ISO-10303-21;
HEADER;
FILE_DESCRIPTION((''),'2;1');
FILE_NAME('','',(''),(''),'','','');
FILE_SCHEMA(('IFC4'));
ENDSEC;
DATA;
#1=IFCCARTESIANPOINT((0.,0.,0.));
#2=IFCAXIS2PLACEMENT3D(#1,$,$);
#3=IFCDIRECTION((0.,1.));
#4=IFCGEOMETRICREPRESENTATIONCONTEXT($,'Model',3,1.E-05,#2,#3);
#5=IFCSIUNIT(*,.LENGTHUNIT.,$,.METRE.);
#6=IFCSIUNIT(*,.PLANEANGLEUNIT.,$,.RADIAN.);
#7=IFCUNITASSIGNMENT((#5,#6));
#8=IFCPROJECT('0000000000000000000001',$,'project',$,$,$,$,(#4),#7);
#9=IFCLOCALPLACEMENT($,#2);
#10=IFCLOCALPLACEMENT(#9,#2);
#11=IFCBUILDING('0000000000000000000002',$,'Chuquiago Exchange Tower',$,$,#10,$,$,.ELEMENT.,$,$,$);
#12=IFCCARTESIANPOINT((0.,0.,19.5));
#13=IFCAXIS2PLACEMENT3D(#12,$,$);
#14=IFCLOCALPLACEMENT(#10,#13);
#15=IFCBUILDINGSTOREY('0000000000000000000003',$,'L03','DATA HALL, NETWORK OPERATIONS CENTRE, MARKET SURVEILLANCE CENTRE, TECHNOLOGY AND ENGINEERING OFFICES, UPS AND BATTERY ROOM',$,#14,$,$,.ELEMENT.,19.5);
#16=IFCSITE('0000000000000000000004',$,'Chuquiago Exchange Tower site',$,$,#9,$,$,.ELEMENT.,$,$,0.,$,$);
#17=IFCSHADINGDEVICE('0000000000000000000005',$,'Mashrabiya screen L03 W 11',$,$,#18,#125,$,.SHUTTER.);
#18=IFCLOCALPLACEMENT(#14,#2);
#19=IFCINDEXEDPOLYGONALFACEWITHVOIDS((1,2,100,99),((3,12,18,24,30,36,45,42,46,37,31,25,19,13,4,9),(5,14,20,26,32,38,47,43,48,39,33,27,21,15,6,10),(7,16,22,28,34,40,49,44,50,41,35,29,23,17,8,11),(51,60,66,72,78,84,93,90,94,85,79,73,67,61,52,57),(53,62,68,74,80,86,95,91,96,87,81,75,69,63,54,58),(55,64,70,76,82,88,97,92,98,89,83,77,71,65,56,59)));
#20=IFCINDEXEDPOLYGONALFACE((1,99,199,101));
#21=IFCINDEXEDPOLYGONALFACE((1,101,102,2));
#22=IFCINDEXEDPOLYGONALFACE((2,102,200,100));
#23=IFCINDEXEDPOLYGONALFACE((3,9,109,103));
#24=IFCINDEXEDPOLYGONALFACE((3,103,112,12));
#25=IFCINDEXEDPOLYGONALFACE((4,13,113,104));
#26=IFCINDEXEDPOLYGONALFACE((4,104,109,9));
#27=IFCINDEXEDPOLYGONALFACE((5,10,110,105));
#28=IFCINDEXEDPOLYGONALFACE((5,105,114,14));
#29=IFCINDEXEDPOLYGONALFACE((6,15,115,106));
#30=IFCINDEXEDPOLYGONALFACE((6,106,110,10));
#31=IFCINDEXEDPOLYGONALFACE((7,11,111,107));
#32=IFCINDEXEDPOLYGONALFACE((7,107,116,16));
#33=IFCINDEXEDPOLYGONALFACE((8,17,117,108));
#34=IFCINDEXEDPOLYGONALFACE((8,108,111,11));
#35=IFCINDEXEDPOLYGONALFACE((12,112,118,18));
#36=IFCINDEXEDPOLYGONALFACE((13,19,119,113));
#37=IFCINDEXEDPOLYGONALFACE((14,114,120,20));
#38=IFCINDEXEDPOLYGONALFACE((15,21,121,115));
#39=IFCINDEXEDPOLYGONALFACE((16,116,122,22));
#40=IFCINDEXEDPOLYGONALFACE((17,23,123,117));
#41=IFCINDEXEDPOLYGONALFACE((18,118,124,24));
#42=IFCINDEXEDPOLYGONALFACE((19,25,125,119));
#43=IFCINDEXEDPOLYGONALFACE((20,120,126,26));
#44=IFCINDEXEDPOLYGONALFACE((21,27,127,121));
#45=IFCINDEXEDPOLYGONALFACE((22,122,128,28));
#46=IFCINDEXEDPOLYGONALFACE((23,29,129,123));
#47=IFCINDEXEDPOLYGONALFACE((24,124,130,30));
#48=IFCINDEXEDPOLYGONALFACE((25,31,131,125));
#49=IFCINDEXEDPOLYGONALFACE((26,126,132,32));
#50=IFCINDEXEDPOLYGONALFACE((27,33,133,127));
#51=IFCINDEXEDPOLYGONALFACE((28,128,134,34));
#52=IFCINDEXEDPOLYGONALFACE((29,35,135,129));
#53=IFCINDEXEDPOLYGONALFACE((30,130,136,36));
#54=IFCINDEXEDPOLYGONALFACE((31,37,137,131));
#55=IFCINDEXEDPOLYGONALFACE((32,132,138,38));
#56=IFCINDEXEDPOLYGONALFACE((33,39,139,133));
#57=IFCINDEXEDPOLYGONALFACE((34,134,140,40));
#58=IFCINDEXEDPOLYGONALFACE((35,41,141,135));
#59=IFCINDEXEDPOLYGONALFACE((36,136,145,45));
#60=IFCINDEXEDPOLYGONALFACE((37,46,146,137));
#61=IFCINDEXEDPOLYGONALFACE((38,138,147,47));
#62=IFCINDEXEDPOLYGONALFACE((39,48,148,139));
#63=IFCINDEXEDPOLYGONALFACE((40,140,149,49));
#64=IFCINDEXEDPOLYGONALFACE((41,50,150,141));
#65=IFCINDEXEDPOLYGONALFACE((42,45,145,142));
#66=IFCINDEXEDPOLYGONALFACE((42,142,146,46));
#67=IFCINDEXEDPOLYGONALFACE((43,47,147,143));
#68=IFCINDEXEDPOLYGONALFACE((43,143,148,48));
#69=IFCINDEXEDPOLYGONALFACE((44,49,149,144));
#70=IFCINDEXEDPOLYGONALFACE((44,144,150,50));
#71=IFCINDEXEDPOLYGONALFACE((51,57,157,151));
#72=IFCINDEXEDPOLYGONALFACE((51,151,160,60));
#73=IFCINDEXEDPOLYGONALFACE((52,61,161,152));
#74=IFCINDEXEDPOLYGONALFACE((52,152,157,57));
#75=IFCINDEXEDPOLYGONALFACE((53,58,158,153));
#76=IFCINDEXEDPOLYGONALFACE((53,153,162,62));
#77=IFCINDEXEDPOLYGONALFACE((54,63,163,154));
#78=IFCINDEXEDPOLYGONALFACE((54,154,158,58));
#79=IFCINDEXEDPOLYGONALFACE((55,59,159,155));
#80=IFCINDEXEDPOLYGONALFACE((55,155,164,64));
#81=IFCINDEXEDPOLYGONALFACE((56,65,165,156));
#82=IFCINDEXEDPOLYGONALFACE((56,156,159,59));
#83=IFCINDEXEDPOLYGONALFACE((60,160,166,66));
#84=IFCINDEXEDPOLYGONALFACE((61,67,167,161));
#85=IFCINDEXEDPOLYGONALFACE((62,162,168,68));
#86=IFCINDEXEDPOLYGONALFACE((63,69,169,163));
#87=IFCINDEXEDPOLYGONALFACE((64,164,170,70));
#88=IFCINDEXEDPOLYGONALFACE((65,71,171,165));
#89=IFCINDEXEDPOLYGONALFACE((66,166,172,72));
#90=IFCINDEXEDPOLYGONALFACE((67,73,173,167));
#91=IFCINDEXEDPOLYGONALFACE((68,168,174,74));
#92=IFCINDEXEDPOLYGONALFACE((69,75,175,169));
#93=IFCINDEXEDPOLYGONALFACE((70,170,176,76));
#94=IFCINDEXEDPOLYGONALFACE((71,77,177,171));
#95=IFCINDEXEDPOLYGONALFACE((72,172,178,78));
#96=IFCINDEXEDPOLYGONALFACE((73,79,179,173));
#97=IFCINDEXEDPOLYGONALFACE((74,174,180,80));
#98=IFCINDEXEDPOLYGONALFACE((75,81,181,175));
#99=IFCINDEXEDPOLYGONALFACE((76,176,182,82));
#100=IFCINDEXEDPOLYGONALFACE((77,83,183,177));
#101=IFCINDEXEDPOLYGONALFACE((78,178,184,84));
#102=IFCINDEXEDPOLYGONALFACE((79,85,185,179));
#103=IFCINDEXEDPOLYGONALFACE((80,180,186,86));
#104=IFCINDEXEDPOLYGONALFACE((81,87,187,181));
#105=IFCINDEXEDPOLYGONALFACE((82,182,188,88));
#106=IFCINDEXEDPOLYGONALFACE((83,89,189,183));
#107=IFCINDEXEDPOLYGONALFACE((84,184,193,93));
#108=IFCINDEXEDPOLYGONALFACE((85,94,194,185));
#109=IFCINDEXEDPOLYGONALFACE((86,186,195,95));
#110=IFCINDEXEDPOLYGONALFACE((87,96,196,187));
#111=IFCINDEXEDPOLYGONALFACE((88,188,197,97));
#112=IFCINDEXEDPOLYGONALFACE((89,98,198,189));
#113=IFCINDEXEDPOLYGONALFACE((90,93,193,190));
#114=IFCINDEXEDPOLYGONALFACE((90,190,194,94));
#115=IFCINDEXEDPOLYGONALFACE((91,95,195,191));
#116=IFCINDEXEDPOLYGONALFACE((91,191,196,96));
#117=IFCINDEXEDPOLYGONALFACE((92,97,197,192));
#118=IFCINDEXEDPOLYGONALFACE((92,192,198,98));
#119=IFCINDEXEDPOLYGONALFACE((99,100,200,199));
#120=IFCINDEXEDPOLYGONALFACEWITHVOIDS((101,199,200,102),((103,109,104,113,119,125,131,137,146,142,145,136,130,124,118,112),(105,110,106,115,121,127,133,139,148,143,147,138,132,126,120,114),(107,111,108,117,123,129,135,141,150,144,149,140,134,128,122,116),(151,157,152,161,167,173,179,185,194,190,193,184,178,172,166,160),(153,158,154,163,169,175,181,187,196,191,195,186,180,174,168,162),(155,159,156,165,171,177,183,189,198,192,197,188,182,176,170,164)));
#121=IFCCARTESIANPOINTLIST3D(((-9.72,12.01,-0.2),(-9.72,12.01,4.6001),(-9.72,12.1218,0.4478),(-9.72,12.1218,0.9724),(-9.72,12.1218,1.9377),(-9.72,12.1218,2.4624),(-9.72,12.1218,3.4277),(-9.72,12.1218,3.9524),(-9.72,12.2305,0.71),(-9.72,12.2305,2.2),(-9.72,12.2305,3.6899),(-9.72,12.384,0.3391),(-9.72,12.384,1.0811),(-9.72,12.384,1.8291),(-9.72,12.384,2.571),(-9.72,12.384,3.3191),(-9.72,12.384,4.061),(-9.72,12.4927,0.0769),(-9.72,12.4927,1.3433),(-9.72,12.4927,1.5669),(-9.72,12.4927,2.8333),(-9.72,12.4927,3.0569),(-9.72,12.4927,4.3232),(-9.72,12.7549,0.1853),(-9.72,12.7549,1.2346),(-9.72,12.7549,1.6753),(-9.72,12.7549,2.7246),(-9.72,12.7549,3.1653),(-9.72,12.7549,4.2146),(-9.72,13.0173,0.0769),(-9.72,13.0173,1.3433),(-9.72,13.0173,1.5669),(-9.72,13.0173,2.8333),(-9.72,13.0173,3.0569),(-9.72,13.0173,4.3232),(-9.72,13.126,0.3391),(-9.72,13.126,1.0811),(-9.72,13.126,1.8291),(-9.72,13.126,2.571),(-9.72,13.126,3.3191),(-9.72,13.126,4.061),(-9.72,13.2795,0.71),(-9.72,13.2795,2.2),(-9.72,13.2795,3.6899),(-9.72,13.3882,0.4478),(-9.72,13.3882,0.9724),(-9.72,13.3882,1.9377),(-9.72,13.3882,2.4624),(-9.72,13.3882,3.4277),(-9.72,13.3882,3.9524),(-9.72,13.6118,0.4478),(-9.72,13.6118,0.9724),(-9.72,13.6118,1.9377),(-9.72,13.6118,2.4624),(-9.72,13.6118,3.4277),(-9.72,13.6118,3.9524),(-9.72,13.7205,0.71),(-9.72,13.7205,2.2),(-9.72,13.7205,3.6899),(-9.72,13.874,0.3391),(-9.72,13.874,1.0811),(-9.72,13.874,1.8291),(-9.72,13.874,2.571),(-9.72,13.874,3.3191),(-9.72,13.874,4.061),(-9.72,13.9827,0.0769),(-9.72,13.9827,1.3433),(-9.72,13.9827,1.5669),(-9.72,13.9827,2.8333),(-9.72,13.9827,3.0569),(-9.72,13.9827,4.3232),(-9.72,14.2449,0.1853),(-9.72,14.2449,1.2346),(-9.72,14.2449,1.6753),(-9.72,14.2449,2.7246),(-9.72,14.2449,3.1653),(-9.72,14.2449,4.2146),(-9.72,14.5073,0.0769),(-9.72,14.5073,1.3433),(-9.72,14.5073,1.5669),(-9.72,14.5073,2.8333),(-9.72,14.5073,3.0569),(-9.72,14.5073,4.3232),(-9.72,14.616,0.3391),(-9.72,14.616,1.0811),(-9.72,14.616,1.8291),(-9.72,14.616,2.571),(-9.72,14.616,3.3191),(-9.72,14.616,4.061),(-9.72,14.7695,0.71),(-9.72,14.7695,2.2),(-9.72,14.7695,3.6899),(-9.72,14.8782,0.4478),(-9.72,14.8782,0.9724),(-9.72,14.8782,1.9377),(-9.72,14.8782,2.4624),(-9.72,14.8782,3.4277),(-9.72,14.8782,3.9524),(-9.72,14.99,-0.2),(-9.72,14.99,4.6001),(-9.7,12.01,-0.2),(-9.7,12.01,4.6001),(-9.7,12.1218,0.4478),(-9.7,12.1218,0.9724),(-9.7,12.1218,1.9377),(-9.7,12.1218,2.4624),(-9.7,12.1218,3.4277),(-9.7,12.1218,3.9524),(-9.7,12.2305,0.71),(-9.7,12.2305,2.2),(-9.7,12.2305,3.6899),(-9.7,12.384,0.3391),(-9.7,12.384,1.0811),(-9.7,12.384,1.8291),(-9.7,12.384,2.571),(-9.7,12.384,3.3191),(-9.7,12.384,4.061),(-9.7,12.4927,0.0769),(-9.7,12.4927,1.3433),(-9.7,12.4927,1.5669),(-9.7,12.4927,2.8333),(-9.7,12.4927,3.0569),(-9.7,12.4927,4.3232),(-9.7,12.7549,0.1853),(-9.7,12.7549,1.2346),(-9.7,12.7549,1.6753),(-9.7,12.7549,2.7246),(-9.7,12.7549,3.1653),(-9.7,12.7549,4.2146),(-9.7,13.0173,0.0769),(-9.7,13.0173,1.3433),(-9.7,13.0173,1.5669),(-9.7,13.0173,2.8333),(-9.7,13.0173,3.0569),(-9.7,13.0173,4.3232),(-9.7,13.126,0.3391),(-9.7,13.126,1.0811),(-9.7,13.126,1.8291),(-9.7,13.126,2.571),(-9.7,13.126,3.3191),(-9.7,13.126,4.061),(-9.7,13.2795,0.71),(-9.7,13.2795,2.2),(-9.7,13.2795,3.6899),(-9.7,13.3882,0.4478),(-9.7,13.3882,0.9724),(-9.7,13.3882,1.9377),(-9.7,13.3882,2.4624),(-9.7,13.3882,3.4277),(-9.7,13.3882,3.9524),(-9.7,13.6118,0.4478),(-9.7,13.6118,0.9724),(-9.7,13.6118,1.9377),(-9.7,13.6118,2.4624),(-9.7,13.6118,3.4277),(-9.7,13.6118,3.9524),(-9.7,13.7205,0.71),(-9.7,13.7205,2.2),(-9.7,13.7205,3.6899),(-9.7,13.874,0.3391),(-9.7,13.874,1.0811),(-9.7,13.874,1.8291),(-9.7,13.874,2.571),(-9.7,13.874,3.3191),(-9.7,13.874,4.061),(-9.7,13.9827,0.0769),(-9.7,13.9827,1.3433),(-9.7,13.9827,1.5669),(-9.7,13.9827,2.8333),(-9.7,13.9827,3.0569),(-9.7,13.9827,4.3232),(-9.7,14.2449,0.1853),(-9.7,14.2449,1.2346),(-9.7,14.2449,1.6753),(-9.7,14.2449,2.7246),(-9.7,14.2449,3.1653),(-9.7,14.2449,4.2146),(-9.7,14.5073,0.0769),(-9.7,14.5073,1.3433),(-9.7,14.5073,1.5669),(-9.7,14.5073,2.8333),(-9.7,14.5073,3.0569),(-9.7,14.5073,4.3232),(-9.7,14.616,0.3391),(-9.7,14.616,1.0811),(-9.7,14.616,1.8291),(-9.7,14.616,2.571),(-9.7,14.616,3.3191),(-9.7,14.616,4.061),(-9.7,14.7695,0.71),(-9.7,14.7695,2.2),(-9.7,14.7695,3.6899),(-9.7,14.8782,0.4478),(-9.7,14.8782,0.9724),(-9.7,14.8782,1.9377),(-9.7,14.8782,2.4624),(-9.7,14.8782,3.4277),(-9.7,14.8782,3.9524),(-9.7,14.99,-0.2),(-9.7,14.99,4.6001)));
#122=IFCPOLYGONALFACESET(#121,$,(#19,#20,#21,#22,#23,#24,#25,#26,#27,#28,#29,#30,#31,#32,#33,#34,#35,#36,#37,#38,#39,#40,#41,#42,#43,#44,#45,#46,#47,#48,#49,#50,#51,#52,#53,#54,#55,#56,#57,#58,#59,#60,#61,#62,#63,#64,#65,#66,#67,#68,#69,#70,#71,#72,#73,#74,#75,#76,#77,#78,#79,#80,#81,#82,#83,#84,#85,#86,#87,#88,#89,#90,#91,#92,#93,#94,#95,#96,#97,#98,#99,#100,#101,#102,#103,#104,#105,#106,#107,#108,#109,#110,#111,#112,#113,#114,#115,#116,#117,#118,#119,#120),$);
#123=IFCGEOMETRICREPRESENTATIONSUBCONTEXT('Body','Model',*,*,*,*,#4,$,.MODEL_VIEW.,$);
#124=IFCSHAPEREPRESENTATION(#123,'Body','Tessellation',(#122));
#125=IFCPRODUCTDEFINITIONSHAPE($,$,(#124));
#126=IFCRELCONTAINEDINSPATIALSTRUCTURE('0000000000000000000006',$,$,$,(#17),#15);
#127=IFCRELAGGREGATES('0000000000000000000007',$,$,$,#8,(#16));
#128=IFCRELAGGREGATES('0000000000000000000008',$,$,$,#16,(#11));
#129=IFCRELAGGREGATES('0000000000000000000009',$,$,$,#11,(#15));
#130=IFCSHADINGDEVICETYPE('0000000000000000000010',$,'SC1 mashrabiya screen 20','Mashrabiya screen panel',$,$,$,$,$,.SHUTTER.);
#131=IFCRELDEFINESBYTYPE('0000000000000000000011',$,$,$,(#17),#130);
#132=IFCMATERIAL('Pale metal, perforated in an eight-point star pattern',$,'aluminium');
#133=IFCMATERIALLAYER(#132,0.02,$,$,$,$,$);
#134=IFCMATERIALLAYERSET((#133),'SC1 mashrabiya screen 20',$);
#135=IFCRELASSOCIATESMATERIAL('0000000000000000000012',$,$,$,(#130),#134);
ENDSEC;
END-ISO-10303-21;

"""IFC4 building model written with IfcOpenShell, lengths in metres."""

from ifc_helpers import new_model, si_unit, direction, frame, origin, place, context, subcontext, project, spatial, polyline, outline, extrude, material, layer, layer_set, type_object, element, save


model = new_model("IFC4")

# Units and contexts
model_context = context("Model", 3, precision=1e-05, world=origin(), true_north=direction((0.0, 1.0)))
body_context = subcontext(model_context, "Body", "Model", "MODEL_VIEW")
ifc_project = project(units=[si_unit("LENGTHUNIT", "METRE"), si_unit("PLANEANGLEUNIT", "RADIAN")], contexts=[model_context])

# Site, building, storey
site_placement = place(None, origin())
site = spatial("IfcSite", under=ifc_project, at=site_placement, Name="Chuquiago Exchange Tower site", CompositionType="ELEMENT", RefElevation=0.0)
building_placement = place(site_placement, origin())
building = spatial("IfcBuilding", under=site, at=building_placement, Name="Chuquiago Exchange Tower", CompositionType="ELEMENT")
storey_placement = place(building_placement, frame((0.0, 0.0, 19.5)))
storey = spatial("IfcBuildingStorey", under=building, at=storey_placement, Name="L03", Description="DATA HALL, NETWORK OPERATIONS CENTRE, MARKET SURVEILLANCE CENTRE, TECHNOLOGY AND ENGINEERING OFFICES, UPS AND BATTERY ROOM", CompositionType="ELEMENT", Elevation=19.5)

# Shading device
ifc_material_1 = material(Name="Pale metal, perforated in an eight-point star pattern", Category="aluminium")
ifc_layer_1 = layer(ifc_material_1, 0.02)
ifc_layer_set_1 = layer_set([ifc_layer_1], Name="SC1 mashrabiya screen 20")
shading_device_type = type_object("IfcShadingDeviceType", Name="SC1 mashrabiya screen 20", Description="Mashrabiya screen panel", PredefinedType="SHUTTER", material=ifc_layer_set_1)
shading_device_1_placement = place(storey_placement, frame((-9.7, 14.99, -0.2), z_axis=(0.0, 0.0, 1.0), x_axis=(0.0, -1.0, 0.0)))
element("IfcShadingDevice", 1, at=shading_device_1_placement, inside=storey, type_object=shading_device_type, Name="Mashrabiya screen L03 W 11", PredefinedType="SHUTTER", context=body_context, shape_type="SweptSolid", body=[
    extrude(outline(polyline([(0.0, 0.0), (2.98, 0.0), (2.98, 4.8), (0.0, 4.8), (0.0, 0.0)]), holes=[polyline([(1.2695, 0.9099), (1.3782, 1.1724), (1.116, 1.281), (1.0073, 1.5432), (0.7451, 1.4346), (0.4827, 1.5432), (0.374, 1.281), (0.1118, 1.1724), (0.2205, 0.9099), (0.1118, 0.6477), (0.374, 0.5391), (0.4827, 0.2769), (0.7451, 0.3853), (1.0073, 0.2769), (1.116, 0.5391), (1.3782, 0.6477), (1.2695, 0.9099)]), polyline([(2.7595, 0.9099), (2.8682, 1.1724), (2.606, 1.281), (2.4973, 1.5432), (2.2351, 1.4346), (1.9727, 1.5432), (1.864, 1.281), (1.6018, 1.1724), (1.7104, 0.9099), (1.6018, 0.6477), (1.864, 0.5391), (1.9727, 0.2769), (2.2351, 0.3853), (2.4973, 0.2769), (2.606, 0.5391), (2.8682, 0.6477), (2.7595, 0.9099)]), polyline([(1.2695, 2.3999), (1.3782, 2.6624), (1.116, 2.771), (1.0073, 3.0332), (0.7451, 2.9246), (0.4827, 3.0332), (0.374, 2.771), (0.1118, 2.6624), (0.2205, 2.3999), (0.1118, 2.1377), (0.374, 2.0291), (0.4827, 1.7668), (0.7451, 1.8752), (1.0073, 1.7668), (1.116, 2.0291), (1.3782, 2.1377), (1.2695, 2.3999)]), polyline([(2.7595, 2.3999), (2.8682, 2.6624), (2.606, 2.771), (2.4973, 3.0332), (2.2351, 2.9246), (1.9727, 3.0332), (1.864, 2.771), (1.6018, 2.6624), (1.7104, 2.3999), (1.6018, 2.1377), (1.864, 2.0291), (1.9727, 1.7668), (2.2351, 1.8752), (2.4973, 1.7668), (2.606, 2.0291), (2.8682, 2.1377), (2.7595, 2.3999)]), polyline([(1.2695, 3.8899), (1.3782, 4.1523), (1.116, 4.261), (1.0073, 4.5232), (0.7451, 4.4146), (0.4827, 4.5232), (0.374, 4.261), (0.1118, 4.1523), (0.2205, 3.8899), (0.1118, 3.6277), (0.374, 3.519), (0.4827, 3.2568), (0.7451, 3.3652), (1.0073, 3.2568), (1.116, 3.519), (1.3782, 3.6277), (1.2695, 3.8899)]), polyline([(2.7595, 3.8899), (2.8682, 4.1523), (2.606, 4.261), (2.4973, 4.5232), (2.2351, 4.4146), (1.9727, 4.5232), (1.864, 4.261), (1.6018, 4.1523), (1.7104, 3.8899), (1.6018, 3.6277), (1.864, 3.519), (1.9727, 3.2568), (2.2351, 3.3652), (2.4973, 3.2568), (2.606, 3.519), (2.8682, 3.6277), (2.7595, 3.8899)])]), frame((0.0, 0.0, 0.0), z_axis=(0.0, -1.0, 0.0), x_axis=(1.0, 0.0, 0.0)), (0.0, 0.0, 1.0), 0.02),
])

save(model, "model.ifc")
